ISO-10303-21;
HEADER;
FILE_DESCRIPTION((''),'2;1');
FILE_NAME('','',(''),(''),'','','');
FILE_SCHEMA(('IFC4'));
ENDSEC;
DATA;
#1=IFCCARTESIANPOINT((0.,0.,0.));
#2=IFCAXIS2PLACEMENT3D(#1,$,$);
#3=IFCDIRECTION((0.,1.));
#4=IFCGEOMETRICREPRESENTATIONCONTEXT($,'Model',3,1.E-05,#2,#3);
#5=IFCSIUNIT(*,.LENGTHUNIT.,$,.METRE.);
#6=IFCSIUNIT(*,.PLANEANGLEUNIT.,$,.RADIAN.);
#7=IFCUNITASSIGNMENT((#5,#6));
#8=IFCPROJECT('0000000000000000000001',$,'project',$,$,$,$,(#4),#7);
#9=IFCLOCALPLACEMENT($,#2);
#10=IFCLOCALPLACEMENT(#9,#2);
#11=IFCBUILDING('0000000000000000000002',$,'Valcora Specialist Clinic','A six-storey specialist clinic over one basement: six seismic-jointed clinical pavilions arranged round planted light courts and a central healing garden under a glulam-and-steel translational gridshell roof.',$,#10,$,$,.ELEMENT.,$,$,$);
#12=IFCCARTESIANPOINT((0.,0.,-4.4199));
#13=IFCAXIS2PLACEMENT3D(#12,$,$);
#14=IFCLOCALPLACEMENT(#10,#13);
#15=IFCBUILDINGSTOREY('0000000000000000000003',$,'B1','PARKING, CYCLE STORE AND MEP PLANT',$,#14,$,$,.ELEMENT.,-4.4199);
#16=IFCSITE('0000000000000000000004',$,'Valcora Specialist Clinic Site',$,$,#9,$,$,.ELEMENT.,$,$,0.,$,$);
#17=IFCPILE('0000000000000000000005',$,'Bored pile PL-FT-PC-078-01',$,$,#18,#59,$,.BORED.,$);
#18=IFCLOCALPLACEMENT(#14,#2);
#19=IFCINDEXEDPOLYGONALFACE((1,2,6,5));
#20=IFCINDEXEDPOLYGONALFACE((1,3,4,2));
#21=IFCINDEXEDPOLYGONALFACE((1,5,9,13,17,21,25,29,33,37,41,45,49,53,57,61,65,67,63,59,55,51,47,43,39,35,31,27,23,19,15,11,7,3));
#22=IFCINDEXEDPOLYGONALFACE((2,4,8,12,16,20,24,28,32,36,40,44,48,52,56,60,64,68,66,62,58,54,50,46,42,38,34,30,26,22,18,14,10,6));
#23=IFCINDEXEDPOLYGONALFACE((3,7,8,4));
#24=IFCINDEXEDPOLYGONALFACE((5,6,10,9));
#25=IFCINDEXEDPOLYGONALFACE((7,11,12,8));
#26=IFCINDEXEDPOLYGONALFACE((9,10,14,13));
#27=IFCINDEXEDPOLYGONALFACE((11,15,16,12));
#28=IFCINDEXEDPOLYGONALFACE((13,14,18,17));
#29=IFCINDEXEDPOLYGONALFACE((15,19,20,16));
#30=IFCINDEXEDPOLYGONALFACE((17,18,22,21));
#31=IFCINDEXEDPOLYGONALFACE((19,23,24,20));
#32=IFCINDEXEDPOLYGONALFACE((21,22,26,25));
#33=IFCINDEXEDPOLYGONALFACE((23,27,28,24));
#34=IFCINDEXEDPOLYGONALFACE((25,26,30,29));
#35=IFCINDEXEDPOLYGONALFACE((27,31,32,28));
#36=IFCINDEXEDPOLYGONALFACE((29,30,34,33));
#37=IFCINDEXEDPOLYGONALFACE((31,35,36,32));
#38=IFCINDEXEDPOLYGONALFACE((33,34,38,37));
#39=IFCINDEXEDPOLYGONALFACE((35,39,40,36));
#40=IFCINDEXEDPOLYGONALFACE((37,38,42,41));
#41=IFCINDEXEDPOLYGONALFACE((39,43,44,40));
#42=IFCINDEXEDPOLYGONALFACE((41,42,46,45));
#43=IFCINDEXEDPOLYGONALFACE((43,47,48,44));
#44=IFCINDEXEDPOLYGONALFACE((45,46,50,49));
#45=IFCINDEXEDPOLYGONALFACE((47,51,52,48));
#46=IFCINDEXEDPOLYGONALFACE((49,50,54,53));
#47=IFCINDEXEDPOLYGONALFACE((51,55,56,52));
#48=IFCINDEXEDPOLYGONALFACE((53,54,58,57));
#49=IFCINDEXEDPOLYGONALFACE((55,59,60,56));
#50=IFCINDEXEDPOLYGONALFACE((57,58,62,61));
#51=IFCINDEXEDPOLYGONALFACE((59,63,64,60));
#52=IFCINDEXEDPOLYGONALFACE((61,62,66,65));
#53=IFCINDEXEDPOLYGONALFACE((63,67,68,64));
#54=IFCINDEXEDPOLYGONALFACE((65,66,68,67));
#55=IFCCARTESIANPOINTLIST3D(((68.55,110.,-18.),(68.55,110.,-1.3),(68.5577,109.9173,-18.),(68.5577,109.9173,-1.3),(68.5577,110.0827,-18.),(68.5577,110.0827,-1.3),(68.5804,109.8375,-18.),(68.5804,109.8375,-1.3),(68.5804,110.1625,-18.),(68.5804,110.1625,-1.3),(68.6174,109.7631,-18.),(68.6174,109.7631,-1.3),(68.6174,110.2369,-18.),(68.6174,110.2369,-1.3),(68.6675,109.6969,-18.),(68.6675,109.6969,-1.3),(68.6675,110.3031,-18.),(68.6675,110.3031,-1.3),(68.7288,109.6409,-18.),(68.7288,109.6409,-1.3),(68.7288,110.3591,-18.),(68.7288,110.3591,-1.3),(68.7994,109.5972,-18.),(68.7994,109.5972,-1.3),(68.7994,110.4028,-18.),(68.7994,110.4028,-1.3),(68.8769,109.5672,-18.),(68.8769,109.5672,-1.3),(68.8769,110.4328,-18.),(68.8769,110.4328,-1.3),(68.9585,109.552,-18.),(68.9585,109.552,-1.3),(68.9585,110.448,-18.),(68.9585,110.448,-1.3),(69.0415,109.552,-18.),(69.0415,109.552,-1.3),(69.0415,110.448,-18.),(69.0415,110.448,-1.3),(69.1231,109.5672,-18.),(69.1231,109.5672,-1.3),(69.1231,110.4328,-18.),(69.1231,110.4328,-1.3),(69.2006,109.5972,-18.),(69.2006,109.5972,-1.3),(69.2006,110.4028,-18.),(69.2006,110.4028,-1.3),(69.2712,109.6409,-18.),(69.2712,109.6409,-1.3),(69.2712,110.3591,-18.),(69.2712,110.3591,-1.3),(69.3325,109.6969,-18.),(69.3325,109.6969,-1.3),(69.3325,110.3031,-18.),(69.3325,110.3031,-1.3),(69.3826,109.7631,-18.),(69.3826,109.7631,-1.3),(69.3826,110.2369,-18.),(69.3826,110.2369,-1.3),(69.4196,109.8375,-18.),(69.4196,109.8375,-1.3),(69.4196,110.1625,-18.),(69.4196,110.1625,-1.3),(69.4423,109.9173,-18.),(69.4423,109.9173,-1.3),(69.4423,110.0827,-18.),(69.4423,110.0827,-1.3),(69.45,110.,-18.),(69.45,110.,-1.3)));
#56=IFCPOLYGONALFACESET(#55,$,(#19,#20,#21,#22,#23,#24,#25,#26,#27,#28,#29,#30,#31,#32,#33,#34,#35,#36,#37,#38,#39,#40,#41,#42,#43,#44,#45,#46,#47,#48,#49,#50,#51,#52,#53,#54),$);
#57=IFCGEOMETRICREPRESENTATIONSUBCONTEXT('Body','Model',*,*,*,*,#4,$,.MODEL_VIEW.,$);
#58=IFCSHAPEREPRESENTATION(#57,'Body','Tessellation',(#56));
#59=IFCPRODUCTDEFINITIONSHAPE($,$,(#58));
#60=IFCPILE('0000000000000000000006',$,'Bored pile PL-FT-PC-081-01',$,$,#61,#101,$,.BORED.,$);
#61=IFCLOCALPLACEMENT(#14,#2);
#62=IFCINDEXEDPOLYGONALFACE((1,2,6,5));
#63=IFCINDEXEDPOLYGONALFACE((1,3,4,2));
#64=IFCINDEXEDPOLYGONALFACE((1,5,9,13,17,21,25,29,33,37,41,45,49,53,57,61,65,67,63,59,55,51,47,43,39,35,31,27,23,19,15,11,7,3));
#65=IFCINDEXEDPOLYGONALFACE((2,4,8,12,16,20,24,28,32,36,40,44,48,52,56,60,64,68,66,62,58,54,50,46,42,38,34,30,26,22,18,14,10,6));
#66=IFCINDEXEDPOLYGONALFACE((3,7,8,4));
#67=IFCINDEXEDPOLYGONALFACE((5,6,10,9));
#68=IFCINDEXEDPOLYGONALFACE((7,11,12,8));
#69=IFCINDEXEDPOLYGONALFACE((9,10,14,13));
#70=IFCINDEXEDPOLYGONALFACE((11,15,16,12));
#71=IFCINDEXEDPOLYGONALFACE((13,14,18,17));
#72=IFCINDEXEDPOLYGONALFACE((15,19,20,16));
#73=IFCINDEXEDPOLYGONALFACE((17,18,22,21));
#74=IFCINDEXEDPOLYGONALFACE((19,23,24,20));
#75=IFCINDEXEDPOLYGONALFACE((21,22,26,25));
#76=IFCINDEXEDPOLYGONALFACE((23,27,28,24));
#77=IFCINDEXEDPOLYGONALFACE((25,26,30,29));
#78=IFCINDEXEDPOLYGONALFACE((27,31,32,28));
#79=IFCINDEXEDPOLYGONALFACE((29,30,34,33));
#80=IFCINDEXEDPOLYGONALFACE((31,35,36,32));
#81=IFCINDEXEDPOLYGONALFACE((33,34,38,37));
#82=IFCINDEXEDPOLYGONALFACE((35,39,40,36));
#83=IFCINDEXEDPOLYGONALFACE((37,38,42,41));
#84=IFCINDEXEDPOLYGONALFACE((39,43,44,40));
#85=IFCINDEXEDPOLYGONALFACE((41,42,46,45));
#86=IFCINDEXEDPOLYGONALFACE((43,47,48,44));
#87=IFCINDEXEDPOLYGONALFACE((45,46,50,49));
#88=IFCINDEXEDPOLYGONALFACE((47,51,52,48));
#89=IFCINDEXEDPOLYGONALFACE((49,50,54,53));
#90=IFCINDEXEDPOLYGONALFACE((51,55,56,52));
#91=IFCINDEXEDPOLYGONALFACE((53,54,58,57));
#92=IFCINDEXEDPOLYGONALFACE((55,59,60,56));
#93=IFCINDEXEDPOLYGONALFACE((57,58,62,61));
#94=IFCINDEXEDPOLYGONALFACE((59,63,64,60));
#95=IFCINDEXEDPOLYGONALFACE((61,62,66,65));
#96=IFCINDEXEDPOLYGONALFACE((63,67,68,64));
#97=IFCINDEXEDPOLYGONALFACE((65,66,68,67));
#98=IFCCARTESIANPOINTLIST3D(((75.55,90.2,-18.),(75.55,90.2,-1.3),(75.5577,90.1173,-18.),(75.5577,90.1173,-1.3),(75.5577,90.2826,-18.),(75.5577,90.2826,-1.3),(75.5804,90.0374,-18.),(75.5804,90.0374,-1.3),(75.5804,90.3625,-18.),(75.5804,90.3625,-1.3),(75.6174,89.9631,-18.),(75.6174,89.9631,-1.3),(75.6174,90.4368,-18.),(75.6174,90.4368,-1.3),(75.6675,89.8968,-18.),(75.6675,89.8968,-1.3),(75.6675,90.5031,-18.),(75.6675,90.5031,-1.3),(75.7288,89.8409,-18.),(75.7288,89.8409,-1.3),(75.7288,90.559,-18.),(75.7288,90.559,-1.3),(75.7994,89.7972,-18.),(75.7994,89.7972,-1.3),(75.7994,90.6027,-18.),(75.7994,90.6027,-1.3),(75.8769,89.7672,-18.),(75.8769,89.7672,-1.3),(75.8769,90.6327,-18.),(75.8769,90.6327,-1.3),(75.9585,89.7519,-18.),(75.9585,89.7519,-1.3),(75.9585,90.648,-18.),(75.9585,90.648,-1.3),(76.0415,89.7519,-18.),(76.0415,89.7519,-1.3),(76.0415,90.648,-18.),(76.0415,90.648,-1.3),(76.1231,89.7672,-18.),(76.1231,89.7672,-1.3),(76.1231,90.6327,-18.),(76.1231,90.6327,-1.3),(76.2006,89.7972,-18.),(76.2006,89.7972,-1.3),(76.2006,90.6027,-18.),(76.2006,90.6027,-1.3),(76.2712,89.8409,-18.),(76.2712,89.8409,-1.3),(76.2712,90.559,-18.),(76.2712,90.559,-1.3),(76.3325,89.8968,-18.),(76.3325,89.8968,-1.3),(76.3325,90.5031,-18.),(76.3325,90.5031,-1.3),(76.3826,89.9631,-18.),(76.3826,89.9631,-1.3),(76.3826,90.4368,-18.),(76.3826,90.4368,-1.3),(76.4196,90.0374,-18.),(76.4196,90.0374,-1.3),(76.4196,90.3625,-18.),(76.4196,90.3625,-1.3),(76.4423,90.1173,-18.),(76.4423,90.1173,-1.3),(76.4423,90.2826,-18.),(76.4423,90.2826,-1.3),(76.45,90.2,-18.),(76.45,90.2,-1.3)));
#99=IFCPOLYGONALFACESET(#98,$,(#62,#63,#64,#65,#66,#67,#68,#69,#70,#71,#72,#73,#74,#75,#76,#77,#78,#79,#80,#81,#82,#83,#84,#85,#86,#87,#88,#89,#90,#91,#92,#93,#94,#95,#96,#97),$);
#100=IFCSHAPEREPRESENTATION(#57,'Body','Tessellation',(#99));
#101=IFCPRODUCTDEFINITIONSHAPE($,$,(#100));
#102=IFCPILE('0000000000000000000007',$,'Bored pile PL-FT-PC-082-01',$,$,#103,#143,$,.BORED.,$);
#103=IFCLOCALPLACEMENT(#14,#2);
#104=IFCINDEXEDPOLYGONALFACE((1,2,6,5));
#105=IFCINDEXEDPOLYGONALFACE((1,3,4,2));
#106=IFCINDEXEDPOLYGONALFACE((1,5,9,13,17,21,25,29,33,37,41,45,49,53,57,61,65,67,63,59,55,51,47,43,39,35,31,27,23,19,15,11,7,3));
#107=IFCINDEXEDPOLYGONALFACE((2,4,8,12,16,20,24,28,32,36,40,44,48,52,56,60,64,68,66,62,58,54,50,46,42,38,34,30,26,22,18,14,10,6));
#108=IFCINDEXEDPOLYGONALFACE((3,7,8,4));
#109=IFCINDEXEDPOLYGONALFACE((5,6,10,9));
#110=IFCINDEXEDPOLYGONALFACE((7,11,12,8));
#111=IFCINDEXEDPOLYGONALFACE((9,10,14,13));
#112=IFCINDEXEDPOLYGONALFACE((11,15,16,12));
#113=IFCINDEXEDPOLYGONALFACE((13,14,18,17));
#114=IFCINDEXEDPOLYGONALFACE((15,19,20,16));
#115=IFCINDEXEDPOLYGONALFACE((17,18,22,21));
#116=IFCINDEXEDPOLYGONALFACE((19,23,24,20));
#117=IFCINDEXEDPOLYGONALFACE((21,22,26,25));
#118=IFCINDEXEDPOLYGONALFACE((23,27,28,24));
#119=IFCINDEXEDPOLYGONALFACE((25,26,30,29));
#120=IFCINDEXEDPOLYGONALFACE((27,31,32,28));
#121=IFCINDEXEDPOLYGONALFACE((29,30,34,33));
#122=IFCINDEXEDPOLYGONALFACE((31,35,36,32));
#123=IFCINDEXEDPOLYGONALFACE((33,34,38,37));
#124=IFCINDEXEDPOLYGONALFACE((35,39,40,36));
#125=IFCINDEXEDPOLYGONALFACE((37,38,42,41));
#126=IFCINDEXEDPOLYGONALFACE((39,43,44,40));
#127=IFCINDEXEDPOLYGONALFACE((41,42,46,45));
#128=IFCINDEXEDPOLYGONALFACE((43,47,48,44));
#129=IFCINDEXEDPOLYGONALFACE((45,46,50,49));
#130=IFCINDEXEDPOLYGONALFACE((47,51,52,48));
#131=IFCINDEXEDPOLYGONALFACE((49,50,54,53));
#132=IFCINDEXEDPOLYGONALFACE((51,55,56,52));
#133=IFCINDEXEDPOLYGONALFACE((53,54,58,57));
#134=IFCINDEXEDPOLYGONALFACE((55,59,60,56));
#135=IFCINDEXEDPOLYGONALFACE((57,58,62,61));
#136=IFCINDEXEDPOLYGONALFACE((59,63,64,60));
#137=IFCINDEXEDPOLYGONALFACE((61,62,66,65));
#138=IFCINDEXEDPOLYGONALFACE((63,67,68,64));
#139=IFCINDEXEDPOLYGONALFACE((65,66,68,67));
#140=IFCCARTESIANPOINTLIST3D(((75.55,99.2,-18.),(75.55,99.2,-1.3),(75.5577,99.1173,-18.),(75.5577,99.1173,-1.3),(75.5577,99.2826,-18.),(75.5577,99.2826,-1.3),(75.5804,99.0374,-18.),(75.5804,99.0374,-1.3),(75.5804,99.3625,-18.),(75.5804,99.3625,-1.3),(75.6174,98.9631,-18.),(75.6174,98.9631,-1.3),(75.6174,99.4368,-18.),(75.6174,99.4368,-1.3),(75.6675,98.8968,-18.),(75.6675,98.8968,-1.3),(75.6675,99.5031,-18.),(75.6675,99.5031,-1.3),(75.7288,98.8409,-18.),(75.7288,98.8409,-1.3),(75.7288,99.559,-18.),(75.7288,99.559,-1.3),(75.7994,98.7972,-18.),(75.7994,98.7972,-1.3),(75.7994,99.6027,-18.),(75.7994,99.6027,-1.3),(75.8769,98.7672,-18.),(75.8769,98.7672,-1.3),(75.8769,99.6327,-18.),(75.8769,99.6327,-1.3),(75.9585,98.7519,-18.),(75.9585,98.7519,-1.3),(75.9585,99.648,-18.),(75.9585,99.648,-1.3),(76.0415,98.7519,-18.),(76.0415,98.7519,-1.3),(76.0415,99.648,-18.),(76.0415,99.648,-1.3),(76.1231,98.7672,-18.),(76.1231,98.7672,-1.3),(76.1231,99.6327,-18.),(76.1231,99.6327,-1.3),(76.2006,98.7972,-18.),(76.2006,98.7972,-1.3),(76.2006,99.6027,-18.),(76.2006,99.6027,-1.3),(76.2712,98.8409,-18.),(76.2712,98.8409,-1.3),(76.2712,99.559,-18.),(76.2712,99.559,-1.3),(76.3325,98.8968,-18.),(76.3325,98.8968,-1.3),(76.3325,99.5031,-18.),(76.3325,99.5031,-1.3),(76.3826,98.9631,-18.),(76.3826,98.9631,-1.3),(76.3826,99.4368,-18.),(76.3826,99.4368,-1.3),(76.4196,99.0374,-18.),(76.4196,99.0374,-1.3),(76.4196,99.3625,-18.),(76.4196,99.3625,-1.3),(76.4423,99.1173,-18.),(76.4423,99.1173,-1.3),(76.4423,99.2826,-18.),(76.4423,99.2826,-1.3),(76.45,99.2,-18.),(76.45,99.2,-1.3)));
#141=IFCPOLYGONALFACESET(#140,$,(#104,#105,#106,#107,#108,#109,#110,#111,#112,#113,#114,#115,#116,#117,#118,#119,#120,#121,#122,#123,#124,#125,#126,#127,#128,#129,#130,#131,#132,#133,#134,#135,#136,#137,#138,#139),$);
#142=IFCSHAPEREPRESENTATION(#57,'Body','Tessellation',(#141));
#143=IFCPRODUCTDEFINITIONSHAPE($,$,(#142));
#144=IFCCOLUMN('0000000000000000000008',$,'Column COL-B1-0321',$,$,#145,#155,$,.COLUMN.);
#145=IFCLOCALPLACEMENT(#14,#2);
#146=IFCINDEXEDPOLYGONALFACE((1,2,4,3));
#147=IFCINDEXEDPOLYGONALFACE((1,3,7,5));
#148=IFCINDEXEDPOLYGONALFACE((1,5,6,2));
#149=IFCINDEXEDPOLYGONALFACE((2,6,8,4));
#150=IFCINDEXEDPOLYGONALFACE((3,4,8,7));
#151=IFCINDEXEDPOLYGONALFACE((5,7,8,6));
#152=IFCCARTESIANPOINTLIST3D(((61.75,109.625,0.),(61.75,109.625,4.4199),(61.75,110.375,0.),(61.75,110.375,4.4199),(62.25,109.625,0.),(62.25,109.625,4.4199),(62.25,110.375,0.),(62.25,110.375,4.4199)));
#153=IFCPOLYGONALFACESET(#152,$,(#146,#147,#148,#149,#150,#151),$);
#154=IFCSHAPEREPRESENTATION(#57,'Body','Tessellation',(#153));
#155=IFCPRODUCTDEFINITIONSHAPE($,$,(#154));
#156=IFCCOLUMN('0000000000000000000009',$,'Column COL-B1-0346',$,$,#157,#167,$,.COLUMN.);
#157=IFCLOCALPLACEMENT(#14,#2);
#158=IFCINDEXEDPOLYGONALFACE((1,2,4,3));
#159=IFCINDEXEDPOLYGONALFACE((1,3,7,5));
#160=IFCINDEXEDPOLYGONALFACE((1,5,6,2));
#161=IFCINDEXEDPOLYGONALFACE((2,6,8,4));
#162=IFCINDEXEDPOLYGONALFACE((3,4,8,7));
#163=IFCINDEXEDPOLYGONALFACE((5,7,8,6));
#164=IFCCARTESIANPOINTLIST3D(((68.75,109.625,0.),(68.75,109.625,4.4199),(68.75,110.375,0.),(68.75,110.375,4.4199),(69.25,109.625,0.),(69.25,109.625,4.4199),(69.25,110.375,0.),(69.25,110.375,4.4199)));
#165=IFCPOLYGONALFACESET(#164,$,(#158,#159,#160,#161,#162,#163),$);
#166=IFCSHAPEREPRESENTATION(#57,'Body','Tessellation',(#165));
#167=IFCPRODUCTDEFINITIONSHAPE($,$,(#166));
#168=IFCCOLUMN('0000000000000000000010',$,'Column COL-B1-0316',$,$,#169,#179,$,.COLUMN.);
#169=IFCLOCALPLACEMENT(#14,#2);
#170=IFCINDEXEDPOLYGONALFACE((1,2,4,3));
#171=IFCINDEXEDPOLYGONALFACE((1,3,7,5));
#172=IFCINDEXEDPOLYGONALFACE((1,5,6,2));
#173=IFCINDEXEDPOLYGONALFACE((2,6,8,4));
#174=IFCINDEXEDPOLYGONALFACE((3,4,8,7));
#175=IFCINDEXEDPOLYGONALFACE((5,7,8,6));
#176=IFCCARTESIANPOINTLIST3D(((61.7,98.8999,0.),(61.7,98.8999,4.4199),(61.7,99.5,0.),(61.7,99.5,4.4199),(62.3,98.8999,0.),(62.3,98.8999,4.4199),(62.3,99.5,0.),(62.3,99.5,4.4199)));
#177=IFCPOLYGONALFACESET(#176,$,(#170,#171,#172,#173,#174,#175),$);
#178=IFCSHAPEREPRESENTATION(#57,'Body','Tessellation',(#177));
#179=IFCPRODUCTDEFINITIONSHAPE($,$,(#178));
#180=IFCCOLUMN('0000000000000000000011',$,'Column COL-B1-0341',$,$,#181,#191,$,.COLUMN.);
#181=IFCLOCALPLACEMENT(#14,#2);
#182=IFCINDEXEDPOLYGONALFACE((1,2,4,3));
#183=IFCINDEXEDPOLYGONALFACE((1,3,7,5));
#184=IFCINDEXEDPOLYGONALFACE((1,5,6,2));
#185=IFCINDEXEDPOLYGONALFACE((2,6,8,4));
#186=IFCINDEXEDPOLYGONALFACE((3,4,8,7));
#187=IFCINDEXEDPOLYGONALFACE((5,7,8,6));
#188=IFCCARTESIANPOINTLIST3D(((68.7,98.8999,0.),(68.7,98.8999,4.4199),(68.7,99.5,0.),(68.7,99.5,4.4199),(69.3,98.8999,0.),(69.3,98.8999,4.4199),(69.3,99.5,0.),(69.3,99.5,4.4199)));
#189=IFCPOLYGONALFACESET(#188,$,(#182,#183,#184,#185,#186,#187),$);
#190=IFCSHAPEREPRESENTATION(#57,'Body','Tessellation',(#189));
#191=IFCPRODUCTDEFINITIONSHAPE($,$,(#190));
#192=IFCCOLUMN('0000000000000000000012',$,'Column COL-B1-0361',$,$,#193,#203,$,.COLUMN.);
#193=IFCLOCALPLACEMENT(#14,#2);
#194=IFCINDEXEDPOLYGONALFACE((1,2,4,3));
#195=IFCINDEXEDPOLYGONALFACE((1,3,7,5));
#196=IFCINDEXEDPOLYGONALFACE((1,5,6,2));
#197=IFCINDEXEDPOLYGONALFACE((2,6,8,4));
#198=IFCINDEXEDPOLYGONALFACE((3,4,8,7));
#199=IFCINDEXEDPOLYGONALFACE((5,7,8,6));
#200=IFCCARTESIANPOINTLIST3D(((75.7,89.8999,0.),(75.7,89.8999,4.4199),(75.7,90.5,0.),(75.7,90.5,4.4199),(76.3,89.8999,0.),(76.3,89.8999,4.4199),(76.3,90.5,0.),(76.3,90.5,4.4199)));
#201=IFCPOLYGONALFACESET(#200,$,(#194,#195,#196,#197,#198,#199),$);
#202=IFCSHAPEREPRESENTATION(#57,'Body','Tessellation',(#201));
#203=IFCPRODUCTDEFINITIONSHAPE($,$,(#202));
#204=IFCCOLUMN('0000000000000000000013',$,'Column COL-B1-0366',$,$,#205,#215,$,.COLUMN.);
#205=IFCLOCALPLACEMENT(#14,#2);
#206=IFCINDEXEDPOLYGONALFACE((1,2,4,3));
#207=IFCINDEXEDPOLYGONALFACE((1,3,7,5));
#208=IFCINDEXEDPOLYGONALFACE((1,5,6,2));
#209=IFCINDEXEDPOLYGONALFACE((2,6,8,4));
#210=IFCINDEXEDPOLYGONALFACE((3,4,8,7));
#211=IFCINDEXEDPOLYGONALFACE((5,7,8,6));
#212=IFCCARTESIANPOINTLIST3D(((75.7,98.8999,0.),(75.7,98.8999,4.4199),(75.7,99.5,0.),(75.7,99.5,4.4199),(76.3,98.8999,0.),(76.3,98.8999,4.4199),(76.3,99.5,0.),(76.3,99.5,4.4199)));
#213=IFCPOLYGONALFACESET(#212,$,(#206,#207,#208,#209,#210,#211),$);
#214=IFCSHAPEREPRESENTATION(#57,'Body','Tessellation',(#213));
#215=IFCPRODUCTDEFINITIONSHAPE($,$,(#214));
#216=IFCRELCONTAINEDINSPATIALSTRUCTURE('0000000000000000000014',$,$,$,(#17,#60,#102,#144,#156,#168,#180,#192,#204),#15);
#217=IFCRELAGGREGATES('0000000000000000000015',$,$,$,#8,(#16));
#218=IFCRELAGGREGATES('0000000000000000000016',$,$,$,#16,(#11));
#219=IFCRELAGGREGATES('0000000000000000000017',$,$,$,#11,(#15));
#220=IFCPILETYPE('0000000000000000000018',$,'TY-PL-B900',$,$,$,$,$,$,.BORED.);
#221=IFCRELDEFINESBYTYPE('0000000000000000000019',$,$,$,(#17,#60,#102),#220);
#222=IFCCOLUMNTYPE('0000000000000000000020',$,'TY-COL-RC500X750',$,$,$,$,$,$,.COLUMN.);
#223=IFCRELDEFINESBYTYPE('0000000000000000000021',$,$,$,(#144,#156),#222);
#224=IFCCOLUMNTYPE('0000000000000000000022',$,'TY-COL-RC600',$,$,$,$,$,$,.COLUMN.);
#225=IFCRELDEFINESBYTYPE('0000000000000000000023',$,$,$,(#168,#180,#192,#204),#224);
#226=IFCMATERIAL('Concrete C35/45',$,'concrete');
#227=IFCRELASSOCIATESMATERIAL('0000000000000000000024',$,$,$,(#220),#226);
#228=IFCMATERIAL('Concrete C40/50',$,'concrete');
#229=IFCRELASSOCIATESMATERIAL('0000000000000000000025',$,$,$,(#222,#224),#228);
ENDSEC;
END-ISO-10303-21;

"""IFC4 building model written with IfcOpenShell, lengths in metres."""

from ifc_helpers import new_model, si_unit, direction, frame, origin, origin_2d, place, context, subcontext, project, spatial, rectangle, circle, extrude, material, material_profile, profile_set, type_object, element, save


model = new_model("IFC4")

# Units and contexts
model_context = context("Model", 3, precision=1e-05, world=origin(), true_north=direction((0.0, 1.0)))
body_context = subcontext(model_context, "Body", "Model", "MODEL_VIEW")
ifc_project = project(units=[si_unit("LENGTHUNIT", "METRE"), si_unit("PLANEANGLEUNIT", "RADIAN")], contexts=[model_context])

# Site, building, storey
site_placement = place(None, origin())
site = spatial("IfcSite", under=ifc_project, at=site_placement, Name="Valcora Specialist Clinic Site", CompositionType="ELEMENT", RefElevation=0.0)
building_placement = place(site_placement, origin())
building = spatial("IfcBuilding", under=site, at=building_placement, Name="Valcora Specialist Clinic", Description="A six-storey specialist clinic over one basement: six seismic-jointed clinical pavilions arranged round planted light courts and a central healing garden under a glulam-and-steel translational gridshell roof.", CompositionType="ELEMENT")
storey_placement = place(building_placement, frame((0.0, 0.0, -4.4199)))
storey = spatial("IfcBuildingStorey", under=building, at=storey_placement, Name="B1", Description="PARKING, CYCLE STORE AND MEP PLANT", CompositionType="ELEMENT", Elevation=-4.4199)

# Shared definitions
ifc_material_1 = material(Name="Concrete C35/45", Category="concrete")

# Piles
ifc_material_profile_1 = material_profile(ifc_material_1, circle(Radius=0.45, at=origin_2d()), Name="RC-PIL-D900")
ifc_profile_set_1 = profile_set([ifc_material_profile_1], Name="Concrete C35/45")
pile_type = type_object("IfcPileType", Name="TY-PL-B900", PredefinedType="BORED", material=ifc_profile_set_1)
for number, where, z_axis, x_axis, name in (
    (1, (69.0, 110.0, -1.3), (0.0, 0.0, -1.0), (1.0, 0.0, 0.0), "Bored pile PL-FT-PC-078-01"),
    (2, (76.0, 90.2, -1.3), (0.0, 0.0, -1.0), (1.0, 0.0, 0.0), "Bored pile PL-FT-PC-081-01"),
    (3, (76.0, 99.2, -1.3), (0.0, 0.0, -1.0), (1.0, 0.0, 0.0), "Bored pile PL-FT-PC-082-01"),
):
    element("IfcPile", number, at=place(storey_placement, frame(where, z_axis=z_axis, x_axis=x_axis)), inside=storey, type_object=pile_type, Name=name, PredefinedType="BORED", context=body_context, shape_type="SweptSolid", body=[
        extrude(circle(Radius=0.45, at=origin_2d()), origin(), (0.0, 0.0, 1.0), 16.7),
    ])

# Columns
ifc_material_2 = material(Name="Concrete C40/50", Category="concrete")
ifc_material_profile_2 = material_profile(ifc_material_2, rectangle(XDim=0.5, YDim=0.75, at=origin_2d()), Name="RC-COL-500X750")
ifc_profile_set_2 = profile_set([ifc_material_profile_2], Name="Concrete C40/50")
column_type_1 = type_object("IfcColumnType", Name="TY-COL-RC500X750", PredefinedType="COLUMN", material=ifc_profile_set_2)
for number, where, z_axis, x_axis, name in (
    (4, (62.0, 110.0, 0.0), (0.0, 0.0, 1.0), (1.0, 0.0, 0.0), "Column COL-B1-0321"),
    (5, (69.0, 110.0, 0.0), (0.0, 0.0, 1.0), (1.0, 0.0, 0.0), "Column COL-B1-0346"),
):
    element("IfcColumn", number, at=place(storey_placement, frame(where, z_axis=z_axis, x_axis=x_axis)), inside=storey, type_object=column_type_1, Name=name, PredefinedType="COLUMN", context=body_context, shape_type="SweptSolid", body=[
        extrude(rectangle(XDim=0.5, YDim=0.75, at=origin_2d()), origin(), (0.0, 0.0, 1.0), 4.4199),
    ])
ifc_material_profile_3 = material_profile(ifc_material_2, rectangle(XDim=0.6001, YDim=0.6001, at=origin_2d()), Name="RC-COL-600X600")
ifc_profile_set_3 = profile_set([ifc_material_profile_3], Name="Concrete C40/50")
column_type_2 = type_object("IfcColumnType", Name="TY-COL-RC600", PredefinedType="COLUMN", material=ifc_profile_set_3)
for number, where, z_axis, x_axis, name in (
    (6, (62.0, 99.2, 0.0), (0.0, 0.0, 1.0), (1.0, 0.0, 0.0), "Column COL-B1-0316"),
    (7, (69.0, 99.2, 0.0), (0.0, 0.0, 1.0), (1.0, 0.0, 0.0), "Column COL-B1-0341"),
    (8, (76.0, 90.2, 0.0), (0.0, 0.0, 1.0), (1.0, 0.0, 0.0), "Column COL-B1-0361"),
    (9, (76.0, 99.2, 0.0), (0.0, 0.0, 1.0), (1.0, 0.0, 0.0), "Column COL-B1-0366"),
):
    element("IfcColumn", number, at=place(storey_placement, frame(where, z_axis=z_axis, x_axis=x_axis)), inside=storey, type_object=column_type_2, Name=name, PredefinedType="COLUMN", context=body_context, shape_type="SweptSolid", body=[
        extrude(rectangle(XDim=0.6001, YDim=0.6001, at=origin_2d()), origin(), (0.0, 0.0, 1.0), 4.4199),
    ])

save(model, "model.ifc")
